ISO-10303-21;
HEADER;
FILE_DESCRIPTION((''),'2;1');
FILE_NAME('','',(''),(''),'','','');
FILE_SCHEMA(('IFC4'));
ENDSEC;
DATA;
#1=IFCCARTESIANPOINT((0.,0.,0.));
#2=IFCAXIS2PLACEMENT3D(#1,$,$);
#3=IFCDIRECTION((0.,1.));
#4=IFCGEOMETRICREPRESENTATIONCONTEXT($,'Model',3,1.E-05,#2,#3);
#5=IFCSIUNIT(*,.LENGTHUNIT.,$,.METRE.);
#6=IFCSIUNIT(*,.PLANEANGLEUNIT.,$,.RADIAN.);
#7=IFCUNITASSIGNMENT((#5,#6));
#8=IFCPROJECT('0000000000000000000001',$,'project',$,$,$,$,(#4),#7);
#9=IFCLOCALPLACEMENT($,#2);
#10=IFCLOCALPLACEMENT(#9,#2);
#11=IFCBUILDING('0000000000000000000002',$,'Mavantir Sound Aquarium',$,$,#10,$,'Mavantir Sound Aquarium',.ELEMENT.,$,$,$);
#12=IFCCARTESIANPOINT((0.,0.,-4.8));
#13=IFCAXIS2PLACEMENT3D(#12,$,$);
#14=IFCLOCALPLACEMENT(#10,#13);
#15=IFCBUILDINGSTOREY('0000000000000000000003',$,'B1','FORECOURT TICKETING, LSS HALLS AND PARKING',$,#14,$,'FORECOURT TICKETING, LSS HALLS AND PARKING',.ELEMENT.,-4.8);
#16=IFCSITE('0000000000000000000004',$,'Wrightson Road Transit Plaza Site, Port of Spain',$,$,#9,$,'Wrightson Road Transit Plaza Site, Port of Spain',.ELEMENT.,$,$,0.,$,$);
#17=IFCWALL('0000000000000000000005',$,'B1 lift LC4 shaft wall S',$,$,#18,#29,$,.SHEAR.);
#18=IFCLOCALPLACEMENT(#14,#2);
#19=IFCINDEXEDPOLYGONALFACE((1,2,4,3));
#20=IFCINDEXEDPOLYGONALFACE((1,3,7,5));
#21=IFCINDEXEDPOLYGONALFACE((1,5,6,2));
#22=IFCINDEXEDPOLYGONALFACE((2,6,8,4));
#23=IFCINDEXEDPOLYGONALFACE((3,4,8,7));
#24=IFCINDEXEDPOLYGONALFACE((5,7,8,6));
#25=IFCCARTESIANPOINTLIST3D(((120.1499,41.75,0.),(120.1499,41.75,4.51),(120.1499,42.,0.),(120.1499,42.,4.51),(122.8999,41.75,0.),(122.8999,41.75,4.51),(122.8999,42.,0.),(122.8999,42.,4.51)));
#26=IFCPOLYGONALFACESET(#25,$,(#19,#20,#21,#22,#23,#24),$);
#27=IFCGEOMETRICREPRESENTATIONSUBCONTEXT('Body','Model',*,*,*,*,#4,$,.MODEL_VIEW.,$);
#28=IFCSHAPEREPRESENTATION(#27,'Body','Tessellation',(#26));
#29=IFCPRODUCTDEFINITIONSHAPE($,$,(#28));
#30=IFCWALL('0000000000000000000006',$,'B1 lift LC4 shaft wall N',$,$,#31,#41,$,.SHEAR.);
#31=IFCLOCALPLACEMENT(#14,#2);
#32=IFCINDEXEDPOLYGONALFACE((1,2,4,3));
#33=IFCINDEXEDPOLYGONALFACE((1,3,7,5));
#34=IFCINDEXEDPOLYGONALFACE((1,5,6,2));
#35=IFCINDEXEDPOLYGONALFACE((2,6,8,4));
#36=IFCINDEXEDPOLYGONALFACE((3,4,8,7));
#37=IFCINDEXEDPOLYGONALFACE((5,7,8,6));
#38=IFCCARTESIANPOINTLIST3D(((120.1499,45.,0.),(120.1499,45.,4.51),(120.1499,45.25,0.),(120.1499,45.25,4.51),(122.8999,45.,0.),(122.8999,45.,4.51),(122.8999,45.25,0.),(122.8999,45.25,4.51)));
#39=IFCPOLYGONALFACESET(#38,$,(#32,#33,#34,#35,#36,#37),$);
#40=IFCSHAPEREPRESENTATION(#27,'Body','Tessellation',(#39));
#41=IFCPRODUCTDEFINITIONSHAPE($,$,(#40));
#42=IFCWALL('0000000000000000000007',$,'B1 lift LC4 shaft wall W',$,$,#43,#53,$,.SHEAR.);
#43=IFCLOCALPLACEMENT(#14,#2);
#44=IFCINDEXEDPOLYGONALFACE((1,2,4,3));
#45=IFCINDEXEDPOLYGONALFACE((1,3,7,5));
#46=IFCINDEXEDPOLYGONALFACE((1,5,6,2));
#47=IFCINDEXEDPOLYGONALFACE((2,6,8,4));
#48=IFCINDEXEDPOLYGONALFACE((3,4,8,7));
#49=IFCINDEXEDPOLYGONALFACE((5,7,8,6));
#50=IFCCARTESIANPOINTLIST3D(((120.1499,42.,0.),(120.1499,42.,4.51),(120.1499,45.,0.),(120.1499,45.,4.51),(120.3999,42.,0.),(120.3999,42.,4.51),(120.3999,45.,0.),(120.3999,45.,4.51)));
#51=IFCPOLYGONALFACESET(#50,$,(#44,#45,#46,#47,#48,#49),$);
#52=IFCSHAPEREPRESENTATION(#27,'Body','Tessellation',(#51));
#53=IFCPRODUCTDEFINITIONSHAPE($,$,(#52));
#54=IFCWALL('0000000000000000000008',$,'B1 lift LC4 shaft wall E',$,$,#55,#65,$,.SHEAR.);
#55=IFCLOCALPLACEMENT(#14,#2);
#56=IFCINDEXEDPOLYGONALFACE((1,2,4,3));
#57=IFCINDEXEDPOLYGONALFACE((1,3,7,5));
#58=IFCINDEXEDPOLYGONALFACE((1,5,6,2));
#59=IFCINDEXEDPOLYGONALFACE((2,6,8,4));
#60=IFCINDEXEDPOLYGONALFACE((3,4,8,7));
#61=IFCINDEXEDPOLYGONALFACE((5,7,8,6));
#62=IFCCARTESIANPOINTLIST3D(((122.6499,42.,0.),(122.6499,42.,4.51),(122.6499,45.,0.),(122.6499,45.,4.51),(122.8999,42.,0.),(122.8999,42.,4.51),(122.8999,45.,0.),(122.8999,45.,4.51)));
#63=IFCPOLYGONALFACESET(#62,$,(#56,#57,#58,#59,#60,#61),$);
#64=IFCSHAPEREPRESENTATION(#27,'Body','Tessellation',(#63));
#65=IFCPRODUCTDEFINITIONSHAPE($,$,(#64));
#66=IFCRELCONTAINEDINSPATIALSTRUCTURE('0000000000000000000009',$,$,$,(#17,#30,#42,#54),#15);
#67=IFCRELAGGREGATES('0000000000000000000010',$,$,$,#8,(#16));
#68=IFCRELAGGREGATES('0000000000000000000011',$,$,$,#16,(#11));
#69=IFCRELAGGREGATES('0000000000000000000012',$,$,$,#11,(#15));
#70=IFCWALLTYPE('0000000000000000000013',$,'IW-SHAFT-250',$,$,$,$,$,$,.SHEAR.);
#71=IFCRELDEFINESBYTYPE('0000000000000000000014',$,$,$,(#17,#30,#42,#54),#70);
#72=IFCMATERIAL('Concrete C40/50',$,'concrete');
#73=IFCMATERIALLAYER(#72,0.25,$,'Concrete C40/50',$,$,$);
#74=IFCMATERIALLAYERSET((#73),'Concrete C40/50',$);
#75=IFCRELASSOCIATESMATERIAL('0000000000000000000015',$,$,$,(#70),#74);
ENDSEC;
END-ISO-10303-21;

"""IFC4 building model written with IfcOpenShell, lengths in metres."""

from ifc_helpers import new_model, si_unit, direction, frame, frame_2d, origin, place, context, subcontext, project, spatial, rectangle, extrude, material, layer, layer_set, type_object, element, save


model = new_model("IFC4")

# Units and contexts
model_context = context("Model", 3, precision=1e-05, world=origin(), true_north=direction((0.0, 1.0)))
body_context = subcontext(model_context, "Body", "Model", "MODEL_VIEW")
ifc_project = project(units=[si_unit("LENGTHUNIT", "METRE"), si_unit("PLANEANGLEUNIT", "RADIAN")], contexts=[model_context])

# Site, building, storey
site_placement = place(None, origin())
site = spatial("IfcSite", under=ifc_project, at=site_placement, Name="Wrightson Road Transit Plaza Site, Port of Spain", LongName="Wrightson Road Transit Plaza Site, Port of Spain", CompositionType="ELEMENT", RefElevation=0.0)
building_placement = place(site_placement, origin())
building = spatial("IfcBuilding", under=site, at=building_placement, Name="Mavantir Sound Aquarium", LongName="Mavantir Sound Aquarium", CompositionType="ELEMENT")
storey_placement = place(building_placement, frame((0.0, 0.0, -4.8)))
storey = spatial("IfcBuildingStorey", under=building, at=storey_placement, Name="B1", Description="FORECOURT TICKETING, LSS HALLS AND PARKING", LongName="FORECOURT TICKETING, LSS HALLS AND PARKING", CompositionType="ELEMENT", Elevation=-4.8)

# Shared definitions
ifc_material_1 = material(Name="Concrete C40/50", Category="concrete")

# Walls
ifc_layer = layer(ifc_material_1, 0.25, Name="Concrete C40/50")
ifc_layer_set = layer_set([ifc_layer], Name="Concrete C40/50")
wall_type = type_object("IfcWallType", Name="IW-SHAFT-250", PredefinedType="SHEAR", material=ifc_layer_set)
for number, where, z_axis, x_axis, name in (
    (1, (120.1499, 41.875, 0.0), (0.0, 0.0, 1.0), (1.0, 0.0, 0.0), "B1 lift LC4 shaft wall S"),
    (2, (120.1499, 45.125, 0.0), (0.0, 0.0, 1.0), (1.0, 0.0, 0.0), "B1 lift LC4 shaft wall N"),
):
    element("IfcWall", number, at=place(storey_placement, frame(where, z_axis=z_axis, x_axis=x_axis)), inside=storey, type_object=wall_type, Name=name, PredefinedType="SHEAR", context=body_context, shape_type="SweptSolid", body=[
        extrude(rectangle(XDim=2.75, YDim=0.25, at=frame_2d((1.375, 0.0))), origin(), (0.0, 0.0, 1.0), 4.51),
    ])
for number, where, z_axis, x_axis, name in (
    (3, (120.2749, 42.0, 0.0), (0.0, 0.0, 1.0), (0.0, 1.0, 0.0), "B1 lift LC4 shaft wall W"),
    (4, (122.7749, 42.0, 0.0), (0.0, 0.0, 1.0), (0.0, 1.0, 0.0), "B1 lift LC4 shaft wall E"),
):
    element("IfcWall", number, at=place(storey_placement, frame(where, z_axis=z_axis, x_axis=x_axis)), inside=storey, type_object=wall_type, Name=name, PredefinedType="SHEAR", context=body_context, shape_type="SweptSolid", body=[
        extrude(rectangle(XDim=3.0, YDim=0.25, at=frame_2d((1.5, 0.0))), origin(), (0.0, 0.0, 1.0), 4.51),
    ])

save(model, "model.ifc")
